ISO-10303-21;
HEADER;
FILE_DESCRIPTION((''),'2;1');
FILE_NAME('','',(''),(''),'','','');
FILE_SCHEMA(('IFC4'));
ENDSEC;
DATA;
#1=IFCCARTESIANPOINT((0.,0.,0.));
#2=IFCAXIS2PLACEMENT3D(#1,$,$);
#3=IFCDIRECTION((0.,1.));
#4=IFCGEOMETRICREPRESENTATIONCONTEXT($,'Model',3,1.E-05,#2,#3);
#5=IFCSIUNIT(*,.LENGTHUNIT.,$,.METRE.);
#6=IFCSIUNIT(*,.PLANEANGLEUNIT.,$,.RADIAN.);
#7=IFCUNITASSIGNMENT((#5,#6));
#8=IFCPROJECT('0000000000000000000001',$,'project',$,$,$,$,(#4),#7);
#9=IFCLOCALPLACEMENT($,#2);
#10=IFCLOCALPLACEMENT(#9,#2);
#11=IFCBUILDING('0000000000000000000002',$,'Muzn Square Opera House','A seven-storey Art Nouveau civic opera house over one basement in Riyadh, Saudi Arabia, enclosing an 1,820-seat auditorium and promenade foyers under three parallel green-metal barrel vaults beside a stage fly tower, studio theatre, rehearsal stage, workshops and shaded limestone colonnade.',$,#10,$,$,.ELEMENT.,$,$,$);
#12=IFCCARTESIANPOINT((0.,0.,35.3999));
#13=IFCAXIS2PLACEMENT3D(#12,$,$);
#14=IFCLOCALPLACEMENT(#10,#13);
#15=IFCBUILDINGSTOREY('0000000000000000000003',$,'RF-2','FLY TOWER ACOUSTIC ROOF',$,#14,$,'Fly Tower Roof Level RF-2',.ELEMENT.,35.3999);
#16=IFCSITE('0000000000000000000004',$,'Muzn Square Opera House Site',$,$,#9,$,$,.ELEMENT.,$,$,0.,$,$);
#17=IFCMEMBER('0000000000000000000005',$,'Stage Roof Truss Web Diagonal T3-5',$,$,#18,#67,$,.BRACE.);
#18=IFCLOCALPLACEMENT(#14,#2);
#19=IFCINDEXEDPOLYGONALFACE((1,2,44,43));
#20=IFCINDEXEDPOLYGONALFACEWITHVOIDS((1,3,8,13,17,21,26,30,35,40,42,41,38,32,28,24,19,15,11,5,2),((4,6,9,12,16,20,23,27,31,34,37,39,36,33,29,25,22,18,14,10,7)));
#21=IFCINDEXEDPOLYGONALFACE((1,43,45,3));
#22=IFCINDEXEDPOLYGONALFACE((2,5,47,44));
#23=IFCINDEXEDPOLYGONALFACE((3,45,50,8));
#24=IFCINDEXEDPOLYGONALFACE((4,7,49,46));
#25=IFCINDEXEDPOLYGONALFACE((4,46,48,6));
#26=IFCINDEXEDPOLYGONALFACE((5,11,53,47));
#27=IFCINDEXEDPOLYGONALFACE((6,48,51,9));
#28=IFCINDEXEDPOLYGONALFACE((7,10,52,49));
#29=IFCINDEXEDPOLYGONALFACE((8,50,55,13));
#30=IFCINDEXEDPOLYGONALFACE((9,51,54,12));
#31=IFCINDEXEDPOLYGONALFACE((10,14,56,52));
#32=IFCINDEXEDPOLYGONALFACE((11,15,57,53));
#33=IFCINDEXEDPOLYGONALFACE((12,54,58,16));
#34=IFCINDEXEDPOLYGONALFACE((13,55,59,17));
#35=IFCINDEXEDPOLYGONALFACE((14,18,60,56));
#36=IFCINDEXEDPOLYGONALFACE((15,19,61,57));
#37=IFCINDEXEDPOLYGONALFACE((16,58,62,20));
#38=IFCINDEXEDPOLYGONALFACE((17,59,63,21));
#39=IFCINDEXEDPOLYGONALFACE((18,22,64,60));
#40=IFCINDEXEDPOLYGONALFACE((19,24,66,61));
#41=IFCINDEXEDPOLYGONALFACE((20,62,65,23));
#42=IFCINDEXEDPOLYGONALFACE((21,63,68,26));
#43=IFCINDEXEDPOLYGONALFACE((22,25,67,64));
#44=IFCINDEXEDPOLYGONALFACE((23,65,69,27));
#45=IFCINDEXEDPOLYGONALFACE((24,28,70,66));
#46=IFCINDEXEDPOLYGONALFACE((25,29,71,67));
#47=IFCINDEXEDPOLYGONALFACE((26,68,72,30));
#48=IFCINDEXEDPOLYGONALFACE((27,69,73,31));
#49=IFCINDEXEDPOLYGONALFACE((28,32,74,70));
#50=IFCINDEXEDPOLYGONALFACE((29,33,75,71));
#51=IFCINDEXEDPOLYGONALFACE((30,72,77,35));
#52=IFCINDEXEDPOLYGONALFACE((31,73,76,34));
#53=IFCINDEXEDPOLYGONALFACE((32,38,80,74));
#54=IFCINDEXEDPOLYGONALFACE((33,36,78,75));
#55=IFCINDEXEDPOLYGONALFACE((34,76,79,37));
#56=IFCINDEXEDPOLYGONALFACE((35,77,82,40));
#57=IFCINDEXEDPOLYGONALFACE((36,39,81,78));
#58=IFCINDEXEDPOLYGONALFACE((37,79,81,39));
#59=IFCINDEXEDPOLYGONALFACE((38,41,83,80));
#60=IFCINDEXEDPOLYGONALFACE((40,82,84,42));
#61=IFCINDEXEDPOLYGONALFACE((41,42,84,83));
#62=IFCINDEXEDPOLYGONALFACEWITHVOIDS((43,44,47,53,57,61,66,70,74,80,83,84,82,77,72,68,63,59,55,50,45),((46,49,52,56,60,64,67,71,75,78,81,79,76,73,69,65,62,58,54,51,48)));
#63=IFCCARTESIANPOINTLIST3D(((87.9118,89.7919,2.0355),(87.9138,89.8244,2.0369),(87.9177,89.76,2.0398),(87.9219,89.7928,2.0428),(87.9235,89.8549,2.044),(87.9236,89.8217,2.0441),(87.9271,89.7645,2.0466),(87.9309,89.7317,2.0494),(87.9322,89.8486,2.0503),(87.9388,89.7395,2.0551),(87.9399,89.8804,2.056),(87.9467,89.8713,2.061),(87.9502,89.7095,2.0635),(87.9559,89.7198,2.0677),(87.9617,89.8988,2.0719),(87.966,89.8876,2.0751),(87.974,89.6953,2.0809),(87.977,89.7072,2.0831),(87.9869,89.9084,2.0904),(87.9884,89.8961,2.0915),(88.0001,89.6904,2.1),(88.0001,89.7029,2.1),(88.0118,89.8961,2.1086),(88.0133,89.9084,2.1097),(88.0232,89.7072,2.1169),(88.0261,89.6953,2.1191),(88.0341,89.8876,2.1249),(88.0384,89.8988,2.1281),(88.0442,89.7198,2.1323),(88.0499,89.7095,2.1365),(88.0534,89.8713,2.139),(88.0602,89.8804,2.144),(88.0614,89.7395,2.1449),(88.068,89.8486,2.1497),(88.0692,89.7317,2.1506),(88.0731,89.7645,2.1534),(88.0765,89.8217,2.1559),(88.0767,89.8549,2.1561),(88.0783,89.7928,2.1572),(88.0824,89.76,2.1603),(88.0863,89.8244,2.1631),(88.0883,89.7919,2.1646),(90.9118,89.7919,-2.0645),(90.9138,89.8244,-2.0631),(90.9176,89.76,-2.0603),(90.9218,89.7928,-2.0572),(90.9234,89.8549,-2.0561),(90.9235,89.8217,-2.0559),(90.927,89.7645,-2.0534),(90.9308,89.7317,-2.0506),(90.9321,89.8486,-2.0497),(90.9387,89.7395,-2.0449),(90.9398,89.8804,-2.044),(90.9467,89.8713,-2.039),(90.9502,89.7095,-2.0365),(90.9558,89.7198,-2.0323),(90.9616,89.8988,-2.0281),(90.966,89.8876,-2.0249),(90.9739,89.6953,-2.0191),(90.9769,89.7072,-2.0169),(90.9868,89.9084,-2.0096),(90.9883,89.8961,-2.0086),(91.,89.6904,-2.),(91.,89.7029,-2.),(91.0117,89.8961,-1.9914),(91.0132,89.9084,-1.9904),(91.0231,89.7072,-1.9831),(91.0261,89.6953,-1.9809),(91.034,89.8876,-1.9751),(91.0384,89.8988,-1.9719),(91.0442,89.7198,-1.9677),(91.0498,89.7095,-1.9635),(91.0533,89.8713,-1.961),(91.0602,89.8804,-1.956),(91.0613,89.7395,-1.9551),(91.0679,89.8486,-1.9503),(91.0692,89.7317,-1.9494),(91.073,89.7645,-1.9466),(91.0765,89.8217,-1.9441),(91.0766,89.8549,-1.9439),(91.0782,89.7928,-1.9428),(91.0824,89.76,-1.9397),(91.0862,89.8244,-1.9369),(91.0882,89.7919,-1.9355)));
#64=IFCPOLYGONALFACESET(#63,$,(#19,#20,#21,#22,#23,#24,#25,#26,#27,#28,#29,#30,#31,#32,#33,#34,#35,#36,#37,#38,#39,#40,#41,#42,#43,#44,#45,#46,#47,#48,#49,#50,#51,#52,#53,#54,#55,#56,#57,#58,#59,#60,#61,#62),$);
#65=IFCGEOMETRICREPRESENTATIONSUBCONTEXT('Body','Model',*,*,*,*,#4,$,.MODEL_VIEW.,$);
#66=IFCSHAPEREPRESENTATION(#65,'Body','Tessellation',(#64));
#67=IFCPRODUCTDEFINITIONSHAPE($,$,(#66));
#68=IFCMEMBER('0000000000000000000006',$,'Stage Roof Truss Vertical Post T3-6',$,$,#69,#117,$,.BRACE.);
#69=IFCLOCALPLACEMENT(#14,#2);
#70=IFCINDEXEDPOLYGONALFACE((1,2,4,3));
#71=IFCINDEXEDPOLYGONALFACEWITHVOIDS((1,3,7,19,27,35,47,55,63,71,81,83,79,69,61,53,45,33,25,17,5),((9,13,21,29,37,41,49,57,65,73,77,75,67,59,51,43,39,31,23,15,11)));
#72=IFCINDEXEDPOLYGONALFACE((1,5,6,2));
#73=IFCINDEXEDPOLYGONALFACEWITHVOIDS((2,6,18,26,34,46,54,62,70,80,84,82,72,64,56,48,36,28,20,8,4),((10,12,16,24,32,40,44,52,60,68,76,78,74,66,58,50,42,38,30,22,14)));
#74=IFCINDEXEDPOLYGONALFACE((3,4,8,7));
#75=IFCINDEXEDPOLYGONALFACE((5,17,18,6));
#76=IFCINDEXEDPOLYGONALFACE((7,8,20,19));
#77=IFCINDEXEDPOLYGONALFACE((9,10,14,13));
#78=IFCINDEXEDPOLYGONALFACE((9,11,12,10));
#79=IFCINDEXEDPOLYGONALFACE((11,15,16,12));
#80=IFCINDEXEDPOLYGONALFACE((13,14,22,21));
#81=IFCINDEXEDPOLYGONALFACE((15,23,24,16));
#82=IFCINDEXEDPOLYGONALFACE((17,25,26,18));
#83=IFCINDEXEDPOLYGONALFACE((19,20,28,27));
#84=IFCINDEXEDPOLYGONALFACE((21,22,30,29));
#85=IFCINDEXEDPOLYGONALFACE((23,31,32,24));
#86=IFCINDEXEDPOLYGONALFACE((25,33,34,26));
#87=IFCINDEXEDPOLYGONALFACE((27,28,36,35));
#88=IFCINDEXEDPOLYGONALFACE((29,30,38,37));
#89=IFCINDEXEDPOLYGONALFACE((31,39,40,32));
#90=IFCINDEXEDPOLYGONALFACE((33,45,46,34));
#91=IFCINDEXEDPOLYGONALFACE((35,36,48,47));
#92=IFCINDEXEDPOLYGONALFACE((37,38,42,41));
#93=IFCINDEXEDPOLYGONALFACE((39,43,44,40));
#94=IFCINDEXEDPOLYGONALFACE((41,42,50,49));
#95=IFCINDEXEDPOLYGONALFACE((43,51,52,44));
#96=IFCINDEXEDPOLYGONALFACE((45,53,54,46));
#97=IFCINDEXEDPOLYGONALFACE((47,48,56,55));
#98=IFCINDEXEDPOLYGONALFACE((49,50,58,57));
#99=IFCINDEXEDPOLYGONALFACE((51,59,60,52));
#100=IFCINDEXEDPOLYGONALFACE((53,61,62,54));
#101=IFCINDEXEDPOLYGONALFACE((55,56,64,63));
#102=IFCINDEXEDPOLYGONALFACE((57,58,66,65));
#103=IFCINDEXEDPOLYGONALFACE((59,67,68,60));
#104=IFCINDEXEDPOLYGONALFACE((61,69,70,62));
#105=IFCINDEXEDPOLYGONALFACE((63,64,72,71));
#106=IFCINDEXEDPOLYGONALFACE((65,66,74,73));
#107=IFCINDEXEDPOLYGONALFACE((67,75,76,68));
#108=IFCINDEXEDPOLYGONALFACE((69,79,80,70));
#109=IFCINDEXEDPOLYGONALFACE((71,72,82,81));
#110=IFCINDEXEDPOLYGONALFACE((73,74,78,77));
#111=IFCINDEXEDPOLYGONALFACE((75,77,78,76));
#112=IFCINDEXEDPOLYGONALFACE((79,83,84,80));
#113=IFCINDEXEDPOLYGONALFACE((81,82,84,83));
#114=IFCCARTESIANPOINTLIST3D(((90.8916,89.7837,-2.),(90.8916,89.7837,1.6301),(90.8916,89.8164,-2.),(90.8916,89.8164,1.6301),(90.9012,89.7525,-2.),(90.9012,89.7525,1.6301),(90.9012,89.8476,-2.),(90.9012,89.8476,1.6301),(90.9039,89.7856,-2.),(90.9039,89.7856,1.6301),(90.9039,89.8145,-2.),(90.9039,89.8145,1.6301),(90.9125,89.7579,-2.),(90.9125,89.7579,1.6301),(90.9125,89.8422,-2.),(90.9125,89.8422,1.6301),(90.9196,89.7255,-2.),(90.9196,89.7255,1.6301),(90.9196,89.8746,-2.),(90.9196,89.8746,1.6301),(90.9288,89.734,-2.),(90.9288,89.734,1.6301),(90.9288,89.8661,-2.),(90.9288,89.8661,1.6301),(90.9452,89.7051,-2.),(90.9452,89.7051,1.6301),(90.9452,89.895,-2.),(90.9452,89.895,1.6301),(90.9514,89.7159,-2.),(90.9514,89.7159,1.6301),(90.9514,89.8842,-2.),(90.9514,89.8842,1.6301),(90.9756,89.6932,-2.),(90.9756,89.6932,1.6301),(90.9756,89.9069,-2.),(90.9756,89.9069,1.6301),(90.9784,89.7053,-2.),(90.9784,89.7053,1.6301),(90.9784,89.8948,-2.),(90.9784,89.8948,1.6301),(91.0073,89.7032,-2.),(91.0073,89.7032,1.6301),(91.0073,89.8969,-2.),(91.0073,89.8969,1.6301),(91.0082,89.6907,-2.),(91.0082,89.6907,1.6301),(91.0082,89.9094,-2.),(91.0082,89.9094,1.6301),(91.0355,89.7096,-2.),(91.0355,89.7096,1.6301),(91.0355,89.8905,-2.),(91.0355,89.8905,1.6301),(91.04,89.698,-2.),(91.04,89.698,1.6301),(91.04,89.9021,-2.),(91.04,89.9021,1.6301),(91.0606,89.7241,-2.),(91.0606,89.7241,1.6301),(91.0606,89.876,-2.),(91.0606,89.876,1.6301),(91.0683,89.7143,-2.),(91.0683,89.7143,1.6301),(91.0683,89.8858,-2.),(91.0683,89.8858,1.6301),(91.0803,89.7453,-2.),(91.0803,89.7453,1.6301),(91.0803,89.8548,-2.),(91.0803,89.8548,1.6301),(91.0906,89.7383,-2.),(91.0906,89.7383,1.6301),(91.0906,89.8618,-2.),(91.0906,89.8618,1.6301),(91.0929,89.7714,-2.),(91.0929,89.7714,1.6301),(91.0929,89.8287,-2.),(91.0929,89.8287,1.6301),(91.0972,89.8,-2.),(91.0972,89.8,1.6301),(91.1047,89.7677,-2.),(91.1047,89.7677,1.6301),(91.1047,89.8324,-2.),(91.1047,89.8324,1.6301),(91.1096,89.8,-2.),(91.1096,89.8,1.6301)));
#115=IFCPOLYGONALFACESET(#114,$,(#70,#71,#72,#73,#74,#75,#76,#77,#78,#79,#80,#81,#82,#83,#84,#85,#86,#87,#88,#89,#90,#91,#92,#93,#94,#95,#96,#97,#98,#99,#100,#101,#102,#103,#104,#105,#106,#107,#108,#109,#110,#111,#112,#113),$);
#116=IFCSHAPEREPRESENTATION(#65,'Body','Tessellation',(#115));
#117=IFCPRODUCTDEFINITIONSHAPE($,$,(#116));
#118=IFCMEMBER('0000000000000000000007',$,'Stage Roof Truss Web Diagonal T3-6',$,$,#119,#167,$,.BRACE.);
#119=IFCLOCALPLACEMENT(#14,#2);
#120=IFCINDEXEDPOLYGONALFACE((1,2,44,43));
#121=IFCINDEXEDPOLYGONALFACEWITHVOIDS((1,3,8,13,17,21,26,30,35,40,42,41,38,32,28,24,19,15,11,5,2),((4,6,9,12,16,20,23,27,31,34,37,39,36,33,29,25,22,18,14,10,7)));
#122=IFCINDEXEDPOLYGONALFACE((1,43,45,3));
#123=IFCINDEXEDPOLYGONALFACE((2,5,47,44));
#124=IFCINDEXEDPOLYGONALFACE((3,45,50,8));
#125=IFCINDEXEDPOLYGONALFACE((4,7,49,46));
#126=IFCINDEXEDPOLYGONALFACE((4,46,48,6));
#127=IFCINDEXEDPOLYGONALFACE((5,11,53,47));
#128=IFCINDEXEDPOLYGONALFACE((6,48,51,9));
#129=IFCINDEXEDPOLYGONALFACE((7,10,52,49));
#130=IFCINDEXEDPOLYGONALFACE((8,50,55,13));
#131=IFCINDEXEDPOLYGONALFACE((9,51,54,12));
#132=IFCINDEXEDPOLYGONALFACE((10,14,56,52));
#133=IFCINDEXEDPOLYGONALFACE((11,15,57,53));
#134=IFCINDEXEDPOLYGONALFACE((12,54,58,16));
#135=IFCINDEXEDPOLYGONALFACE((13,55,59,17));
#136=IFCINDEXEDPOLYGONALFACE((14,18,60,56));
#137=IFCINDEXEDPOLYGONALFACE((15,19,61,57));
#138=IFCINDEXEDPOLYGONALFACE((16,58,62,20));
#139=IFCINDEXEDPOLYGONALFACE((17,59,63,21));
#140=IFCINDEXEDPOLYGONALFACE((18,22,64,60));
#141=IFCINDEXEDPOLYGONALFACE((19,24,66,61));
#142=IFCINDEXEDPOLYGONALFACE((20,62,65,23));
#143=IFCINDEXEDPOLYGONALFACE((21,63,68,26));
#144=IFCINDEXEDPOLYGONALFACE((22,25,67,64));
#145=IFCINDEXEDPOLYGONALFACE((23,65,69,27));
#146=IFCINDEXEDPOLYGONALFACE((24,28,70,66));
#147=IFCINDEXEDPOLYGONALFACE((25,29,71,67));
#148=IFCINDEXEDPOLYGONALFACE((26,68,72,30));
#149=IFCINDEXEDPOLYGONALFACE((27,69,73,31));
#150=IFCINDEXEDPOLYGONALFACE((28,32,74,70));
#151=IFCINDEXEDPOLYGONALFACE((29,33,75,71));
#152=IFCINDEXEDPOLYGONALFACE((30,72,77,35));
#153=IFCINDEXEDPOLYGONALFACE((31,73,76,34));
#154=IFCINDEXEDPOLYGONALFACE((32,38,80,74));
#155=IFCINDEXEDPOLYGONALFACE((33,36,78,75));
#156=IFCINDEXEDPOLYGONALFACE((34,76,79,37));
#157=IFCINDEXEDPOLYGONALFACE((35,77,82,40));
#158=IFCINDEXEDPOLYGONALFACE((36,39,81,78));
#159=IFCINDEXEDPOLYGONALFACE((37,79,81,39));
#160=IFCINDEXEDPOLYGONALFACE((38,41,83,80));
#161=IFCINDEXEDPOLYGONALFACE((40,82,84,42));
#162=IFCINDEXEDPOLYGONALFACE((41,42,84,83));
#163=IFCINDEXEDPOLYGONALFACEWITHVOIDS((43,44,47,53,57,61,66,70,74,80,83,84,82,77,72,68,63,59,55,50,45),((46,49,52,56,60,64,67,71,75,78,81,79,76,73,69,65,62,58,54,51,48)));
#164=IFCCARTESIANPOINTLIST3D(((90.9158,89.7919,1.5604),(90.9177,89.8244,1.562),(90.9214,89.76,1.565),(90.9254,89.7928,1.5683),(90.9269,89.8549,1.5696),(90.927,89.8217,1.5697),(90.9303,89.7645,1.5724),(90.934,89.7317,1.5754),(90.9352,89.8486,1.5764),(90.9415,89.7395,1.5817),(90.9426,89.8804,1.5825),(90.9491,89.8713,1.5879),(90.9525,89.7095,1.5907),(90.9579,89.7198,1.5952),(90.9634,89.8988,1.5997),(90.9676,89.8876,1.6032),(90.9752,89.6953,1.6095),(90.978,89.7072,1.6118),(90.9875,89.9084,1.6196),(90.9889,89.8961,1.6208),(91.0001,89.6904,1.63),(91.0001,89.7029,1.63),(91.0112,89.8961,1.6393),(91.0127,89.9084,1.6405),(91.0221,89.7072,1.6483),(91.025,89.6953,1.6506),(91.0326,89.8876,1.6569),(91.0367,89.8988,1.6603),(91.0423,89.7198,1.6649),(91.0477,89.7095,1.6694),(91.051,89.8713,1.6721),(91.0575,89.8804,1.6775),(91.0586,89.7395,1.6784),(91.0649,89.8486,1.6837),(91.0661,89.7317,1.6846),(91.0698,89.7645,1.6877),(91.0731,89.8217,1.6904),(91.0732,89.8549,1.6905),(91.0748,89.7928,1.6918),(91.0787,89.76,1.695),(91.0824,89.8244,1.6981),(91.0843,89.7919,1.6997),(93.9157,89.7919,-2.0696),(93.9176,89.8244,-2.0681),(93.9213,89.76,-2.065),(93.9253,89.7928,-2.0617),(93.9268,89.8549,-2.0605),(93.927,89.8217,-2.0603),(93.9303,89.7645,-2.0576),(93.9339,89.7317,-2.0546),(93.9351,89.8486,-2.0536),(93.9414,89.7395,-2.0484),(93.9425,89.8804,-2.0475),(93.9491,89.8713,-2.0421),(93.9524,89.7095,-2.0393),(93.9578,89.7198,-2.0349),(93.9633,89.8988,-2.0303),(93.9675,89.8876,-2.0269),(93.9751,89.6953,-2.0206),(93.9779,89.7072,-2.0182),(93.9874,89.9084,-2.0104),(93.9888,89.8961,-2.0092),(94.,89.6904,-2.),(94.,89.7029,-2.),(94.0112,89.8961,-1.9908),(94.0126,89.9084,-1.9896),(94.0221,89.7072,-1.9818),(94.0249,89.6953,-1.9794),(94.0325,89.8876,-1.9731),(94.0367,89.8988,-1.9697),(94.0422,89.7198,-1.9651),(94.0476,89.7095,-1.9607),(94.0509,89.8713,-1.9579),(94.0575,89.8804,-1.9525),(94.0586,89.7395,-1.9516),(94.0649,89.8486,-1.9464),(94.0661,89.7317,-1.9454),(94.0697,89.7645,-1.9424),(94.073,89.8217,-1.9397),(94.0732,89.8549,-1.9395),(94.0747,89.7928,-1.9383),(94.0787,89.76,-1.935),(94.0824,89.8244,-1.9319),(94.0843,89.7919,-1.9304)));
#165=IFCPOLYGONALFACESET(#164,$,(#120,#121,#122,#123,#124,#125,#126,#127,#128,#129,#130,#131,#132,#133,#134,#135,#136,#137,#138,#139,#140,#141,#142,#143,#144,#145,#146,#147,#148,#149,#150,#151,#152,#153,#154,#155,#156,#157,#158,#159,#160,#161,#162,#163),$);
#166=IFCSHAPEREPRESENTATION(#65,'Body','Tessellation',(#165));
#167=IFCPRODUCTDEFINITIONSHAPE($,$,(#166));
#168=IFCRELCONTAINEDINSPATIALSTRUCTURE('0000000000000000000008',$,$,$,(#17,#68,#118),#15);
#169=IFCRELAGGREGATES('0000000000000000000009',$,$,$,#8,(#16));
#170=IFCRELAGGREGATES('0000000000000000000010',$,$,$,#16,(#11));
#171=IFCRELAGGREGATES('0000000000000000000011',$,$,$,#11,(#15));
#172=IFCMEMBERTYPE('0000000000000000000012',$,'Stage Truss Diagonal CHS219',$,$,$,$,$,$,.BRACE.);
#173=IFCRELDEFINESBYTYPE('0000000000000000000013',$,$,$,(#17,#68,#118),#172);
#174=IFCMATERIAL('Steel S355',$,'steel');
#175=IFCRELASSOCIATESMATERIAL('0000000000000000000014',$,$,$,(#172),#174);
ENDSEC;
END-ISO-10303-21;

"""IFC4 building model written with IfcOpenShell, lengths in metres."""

from ifc_helpers import new_model, si_unit, direction, frame, origin, origin_2d, place, context, subcontext, project, spatial, hollow_circle, extrude, material, material_profile, profile_set, type_object, element, save


model = new_model("IFC4")

# Units and contexts
model_context = context("Model", 3, precision=1e-05, world=origin(), true_north=direction((0.0, 1.0)))
body_context = subcontext(model_context, "Body", "Model", "MODEL_VIEW")
ifc_project = project(units=[si_unit("LENGTHUNIT", "METRE"), si_unit("PLANEANGLEUNIT", "RADIAN")], contexts=[model_context])

# Site, building, storey
site_placement = place(None, origin())
site = spatial("IfcSite", under=ifc_project, at=site_placement, Name="Muzn Square Opera House Site", CompositionType="ELEMENT", RefElevation=0.0)
building_placement = place(site_placement, origin())
building = spatial("IfcBuilding", under=site, at=building_placement, Name="Muzn Square Opera House", Description="A seven-storey Art Nouveau civic opera house over one basement in Riyadh, Saudi Arabia, enclosing an 1,820-seat auditorium and promenade foyers under three parallel green-metal barrel vaults beside a stage fly tower, studio theatre, rehearsal stage, workshops and shaded limestone colonnade.", CompositionType="ELEMENT")
storey_placement = place(building_placement, frame((0.0, 0.0, 35.3999)))
storey = spatial("IfcBuildingStorey", under=building, at=storey_placement, Name="RF-2", Description="FLY TOWER ACOUSTIC ROOF", LongName="Fly Tower Roof Level RF-2", CompositionType="ELEMENT", Elevation=35.3999)

# Members
ifc_material = material(Name="Steel S355", Category="steel")
ifc_material_profile_1 = material_profile(ifc_material, hollow_circle(Radius=0.1096, WallThickness=0.0125, at=origin_2d()), Name="CHS 219.1x12.5", Category="steel")
ifc_profile_set_1 = profile_set([ifc_material_profile_1], Name="Steel S355")
member_type_1 = type_object("IfcMemberType", Name="Stage Truss Diagonal CHS219", PredefinedType="BRACE", material=ifc_profile_set_1)
member_1_placement = place(storey_placement, frame((91.0, 89.8, -2.0), z_axis=(-0.590501, 0.0, 0.807037), x_axis=(0.0, -1.0, 0.0)))
element("IfcMember", 1, at=member_1_placement, inside=storey, type_object=member_type_1, Name="Stage Roof Truss Web Diagonal T3-5", PredefinedType="BRACE", context=body_context, shape_type="SweptSolid", body=[
    extrude(hollow_circle(Radius=0.1096, WallThickness=0.0125, at=origin_2d()), origin(), (0.0, 0.0, 1.0), 5.0803),
])
member_2_placement = place(storey_placement, frame((91.0, 89.8, -2.0), z_axis=(0.0, 0.0, 1.0), x_axis=(1.0, 0.0, 0.0)))
element("IfcMember", 2, at=member_2_placement, inside=storey, type_object=member_type_1, Name="Stage Roof Truss Vertical Post T3-6", PredefinedType="BRACE", context=body_context, shape_type="SweptSolid", body=[
    extrude(hollow_circle(Radius=0.1096, WallThickness=0.0125, at=origin_2d()), origin(), (0.0, 0.0, 1.0), 3.6301),
])
member_3_placement = place(storey_placement, frame((94.0, 89.8, -2.0), z_axis=(-0.637033, 0.0, 0.770837), x_axis=(0.0, -1.0, 0.0)))
element("IfcMember", 3, at=member_3_placement, inside=storey, type_object=member_type_1, Name="Stage Roof Truss Web Diagonal T3-6", PredefinedType="BRACE", context=body_context, shape_type="SweptSolid", body=[
    extrude(hollow_circle(Radius=0.1096, WallThickness=0.0125, at=origin_2d()), origin(), (0.0, 0.0, 1.0), 4.7092),
])

save(model, "model.ifc")
